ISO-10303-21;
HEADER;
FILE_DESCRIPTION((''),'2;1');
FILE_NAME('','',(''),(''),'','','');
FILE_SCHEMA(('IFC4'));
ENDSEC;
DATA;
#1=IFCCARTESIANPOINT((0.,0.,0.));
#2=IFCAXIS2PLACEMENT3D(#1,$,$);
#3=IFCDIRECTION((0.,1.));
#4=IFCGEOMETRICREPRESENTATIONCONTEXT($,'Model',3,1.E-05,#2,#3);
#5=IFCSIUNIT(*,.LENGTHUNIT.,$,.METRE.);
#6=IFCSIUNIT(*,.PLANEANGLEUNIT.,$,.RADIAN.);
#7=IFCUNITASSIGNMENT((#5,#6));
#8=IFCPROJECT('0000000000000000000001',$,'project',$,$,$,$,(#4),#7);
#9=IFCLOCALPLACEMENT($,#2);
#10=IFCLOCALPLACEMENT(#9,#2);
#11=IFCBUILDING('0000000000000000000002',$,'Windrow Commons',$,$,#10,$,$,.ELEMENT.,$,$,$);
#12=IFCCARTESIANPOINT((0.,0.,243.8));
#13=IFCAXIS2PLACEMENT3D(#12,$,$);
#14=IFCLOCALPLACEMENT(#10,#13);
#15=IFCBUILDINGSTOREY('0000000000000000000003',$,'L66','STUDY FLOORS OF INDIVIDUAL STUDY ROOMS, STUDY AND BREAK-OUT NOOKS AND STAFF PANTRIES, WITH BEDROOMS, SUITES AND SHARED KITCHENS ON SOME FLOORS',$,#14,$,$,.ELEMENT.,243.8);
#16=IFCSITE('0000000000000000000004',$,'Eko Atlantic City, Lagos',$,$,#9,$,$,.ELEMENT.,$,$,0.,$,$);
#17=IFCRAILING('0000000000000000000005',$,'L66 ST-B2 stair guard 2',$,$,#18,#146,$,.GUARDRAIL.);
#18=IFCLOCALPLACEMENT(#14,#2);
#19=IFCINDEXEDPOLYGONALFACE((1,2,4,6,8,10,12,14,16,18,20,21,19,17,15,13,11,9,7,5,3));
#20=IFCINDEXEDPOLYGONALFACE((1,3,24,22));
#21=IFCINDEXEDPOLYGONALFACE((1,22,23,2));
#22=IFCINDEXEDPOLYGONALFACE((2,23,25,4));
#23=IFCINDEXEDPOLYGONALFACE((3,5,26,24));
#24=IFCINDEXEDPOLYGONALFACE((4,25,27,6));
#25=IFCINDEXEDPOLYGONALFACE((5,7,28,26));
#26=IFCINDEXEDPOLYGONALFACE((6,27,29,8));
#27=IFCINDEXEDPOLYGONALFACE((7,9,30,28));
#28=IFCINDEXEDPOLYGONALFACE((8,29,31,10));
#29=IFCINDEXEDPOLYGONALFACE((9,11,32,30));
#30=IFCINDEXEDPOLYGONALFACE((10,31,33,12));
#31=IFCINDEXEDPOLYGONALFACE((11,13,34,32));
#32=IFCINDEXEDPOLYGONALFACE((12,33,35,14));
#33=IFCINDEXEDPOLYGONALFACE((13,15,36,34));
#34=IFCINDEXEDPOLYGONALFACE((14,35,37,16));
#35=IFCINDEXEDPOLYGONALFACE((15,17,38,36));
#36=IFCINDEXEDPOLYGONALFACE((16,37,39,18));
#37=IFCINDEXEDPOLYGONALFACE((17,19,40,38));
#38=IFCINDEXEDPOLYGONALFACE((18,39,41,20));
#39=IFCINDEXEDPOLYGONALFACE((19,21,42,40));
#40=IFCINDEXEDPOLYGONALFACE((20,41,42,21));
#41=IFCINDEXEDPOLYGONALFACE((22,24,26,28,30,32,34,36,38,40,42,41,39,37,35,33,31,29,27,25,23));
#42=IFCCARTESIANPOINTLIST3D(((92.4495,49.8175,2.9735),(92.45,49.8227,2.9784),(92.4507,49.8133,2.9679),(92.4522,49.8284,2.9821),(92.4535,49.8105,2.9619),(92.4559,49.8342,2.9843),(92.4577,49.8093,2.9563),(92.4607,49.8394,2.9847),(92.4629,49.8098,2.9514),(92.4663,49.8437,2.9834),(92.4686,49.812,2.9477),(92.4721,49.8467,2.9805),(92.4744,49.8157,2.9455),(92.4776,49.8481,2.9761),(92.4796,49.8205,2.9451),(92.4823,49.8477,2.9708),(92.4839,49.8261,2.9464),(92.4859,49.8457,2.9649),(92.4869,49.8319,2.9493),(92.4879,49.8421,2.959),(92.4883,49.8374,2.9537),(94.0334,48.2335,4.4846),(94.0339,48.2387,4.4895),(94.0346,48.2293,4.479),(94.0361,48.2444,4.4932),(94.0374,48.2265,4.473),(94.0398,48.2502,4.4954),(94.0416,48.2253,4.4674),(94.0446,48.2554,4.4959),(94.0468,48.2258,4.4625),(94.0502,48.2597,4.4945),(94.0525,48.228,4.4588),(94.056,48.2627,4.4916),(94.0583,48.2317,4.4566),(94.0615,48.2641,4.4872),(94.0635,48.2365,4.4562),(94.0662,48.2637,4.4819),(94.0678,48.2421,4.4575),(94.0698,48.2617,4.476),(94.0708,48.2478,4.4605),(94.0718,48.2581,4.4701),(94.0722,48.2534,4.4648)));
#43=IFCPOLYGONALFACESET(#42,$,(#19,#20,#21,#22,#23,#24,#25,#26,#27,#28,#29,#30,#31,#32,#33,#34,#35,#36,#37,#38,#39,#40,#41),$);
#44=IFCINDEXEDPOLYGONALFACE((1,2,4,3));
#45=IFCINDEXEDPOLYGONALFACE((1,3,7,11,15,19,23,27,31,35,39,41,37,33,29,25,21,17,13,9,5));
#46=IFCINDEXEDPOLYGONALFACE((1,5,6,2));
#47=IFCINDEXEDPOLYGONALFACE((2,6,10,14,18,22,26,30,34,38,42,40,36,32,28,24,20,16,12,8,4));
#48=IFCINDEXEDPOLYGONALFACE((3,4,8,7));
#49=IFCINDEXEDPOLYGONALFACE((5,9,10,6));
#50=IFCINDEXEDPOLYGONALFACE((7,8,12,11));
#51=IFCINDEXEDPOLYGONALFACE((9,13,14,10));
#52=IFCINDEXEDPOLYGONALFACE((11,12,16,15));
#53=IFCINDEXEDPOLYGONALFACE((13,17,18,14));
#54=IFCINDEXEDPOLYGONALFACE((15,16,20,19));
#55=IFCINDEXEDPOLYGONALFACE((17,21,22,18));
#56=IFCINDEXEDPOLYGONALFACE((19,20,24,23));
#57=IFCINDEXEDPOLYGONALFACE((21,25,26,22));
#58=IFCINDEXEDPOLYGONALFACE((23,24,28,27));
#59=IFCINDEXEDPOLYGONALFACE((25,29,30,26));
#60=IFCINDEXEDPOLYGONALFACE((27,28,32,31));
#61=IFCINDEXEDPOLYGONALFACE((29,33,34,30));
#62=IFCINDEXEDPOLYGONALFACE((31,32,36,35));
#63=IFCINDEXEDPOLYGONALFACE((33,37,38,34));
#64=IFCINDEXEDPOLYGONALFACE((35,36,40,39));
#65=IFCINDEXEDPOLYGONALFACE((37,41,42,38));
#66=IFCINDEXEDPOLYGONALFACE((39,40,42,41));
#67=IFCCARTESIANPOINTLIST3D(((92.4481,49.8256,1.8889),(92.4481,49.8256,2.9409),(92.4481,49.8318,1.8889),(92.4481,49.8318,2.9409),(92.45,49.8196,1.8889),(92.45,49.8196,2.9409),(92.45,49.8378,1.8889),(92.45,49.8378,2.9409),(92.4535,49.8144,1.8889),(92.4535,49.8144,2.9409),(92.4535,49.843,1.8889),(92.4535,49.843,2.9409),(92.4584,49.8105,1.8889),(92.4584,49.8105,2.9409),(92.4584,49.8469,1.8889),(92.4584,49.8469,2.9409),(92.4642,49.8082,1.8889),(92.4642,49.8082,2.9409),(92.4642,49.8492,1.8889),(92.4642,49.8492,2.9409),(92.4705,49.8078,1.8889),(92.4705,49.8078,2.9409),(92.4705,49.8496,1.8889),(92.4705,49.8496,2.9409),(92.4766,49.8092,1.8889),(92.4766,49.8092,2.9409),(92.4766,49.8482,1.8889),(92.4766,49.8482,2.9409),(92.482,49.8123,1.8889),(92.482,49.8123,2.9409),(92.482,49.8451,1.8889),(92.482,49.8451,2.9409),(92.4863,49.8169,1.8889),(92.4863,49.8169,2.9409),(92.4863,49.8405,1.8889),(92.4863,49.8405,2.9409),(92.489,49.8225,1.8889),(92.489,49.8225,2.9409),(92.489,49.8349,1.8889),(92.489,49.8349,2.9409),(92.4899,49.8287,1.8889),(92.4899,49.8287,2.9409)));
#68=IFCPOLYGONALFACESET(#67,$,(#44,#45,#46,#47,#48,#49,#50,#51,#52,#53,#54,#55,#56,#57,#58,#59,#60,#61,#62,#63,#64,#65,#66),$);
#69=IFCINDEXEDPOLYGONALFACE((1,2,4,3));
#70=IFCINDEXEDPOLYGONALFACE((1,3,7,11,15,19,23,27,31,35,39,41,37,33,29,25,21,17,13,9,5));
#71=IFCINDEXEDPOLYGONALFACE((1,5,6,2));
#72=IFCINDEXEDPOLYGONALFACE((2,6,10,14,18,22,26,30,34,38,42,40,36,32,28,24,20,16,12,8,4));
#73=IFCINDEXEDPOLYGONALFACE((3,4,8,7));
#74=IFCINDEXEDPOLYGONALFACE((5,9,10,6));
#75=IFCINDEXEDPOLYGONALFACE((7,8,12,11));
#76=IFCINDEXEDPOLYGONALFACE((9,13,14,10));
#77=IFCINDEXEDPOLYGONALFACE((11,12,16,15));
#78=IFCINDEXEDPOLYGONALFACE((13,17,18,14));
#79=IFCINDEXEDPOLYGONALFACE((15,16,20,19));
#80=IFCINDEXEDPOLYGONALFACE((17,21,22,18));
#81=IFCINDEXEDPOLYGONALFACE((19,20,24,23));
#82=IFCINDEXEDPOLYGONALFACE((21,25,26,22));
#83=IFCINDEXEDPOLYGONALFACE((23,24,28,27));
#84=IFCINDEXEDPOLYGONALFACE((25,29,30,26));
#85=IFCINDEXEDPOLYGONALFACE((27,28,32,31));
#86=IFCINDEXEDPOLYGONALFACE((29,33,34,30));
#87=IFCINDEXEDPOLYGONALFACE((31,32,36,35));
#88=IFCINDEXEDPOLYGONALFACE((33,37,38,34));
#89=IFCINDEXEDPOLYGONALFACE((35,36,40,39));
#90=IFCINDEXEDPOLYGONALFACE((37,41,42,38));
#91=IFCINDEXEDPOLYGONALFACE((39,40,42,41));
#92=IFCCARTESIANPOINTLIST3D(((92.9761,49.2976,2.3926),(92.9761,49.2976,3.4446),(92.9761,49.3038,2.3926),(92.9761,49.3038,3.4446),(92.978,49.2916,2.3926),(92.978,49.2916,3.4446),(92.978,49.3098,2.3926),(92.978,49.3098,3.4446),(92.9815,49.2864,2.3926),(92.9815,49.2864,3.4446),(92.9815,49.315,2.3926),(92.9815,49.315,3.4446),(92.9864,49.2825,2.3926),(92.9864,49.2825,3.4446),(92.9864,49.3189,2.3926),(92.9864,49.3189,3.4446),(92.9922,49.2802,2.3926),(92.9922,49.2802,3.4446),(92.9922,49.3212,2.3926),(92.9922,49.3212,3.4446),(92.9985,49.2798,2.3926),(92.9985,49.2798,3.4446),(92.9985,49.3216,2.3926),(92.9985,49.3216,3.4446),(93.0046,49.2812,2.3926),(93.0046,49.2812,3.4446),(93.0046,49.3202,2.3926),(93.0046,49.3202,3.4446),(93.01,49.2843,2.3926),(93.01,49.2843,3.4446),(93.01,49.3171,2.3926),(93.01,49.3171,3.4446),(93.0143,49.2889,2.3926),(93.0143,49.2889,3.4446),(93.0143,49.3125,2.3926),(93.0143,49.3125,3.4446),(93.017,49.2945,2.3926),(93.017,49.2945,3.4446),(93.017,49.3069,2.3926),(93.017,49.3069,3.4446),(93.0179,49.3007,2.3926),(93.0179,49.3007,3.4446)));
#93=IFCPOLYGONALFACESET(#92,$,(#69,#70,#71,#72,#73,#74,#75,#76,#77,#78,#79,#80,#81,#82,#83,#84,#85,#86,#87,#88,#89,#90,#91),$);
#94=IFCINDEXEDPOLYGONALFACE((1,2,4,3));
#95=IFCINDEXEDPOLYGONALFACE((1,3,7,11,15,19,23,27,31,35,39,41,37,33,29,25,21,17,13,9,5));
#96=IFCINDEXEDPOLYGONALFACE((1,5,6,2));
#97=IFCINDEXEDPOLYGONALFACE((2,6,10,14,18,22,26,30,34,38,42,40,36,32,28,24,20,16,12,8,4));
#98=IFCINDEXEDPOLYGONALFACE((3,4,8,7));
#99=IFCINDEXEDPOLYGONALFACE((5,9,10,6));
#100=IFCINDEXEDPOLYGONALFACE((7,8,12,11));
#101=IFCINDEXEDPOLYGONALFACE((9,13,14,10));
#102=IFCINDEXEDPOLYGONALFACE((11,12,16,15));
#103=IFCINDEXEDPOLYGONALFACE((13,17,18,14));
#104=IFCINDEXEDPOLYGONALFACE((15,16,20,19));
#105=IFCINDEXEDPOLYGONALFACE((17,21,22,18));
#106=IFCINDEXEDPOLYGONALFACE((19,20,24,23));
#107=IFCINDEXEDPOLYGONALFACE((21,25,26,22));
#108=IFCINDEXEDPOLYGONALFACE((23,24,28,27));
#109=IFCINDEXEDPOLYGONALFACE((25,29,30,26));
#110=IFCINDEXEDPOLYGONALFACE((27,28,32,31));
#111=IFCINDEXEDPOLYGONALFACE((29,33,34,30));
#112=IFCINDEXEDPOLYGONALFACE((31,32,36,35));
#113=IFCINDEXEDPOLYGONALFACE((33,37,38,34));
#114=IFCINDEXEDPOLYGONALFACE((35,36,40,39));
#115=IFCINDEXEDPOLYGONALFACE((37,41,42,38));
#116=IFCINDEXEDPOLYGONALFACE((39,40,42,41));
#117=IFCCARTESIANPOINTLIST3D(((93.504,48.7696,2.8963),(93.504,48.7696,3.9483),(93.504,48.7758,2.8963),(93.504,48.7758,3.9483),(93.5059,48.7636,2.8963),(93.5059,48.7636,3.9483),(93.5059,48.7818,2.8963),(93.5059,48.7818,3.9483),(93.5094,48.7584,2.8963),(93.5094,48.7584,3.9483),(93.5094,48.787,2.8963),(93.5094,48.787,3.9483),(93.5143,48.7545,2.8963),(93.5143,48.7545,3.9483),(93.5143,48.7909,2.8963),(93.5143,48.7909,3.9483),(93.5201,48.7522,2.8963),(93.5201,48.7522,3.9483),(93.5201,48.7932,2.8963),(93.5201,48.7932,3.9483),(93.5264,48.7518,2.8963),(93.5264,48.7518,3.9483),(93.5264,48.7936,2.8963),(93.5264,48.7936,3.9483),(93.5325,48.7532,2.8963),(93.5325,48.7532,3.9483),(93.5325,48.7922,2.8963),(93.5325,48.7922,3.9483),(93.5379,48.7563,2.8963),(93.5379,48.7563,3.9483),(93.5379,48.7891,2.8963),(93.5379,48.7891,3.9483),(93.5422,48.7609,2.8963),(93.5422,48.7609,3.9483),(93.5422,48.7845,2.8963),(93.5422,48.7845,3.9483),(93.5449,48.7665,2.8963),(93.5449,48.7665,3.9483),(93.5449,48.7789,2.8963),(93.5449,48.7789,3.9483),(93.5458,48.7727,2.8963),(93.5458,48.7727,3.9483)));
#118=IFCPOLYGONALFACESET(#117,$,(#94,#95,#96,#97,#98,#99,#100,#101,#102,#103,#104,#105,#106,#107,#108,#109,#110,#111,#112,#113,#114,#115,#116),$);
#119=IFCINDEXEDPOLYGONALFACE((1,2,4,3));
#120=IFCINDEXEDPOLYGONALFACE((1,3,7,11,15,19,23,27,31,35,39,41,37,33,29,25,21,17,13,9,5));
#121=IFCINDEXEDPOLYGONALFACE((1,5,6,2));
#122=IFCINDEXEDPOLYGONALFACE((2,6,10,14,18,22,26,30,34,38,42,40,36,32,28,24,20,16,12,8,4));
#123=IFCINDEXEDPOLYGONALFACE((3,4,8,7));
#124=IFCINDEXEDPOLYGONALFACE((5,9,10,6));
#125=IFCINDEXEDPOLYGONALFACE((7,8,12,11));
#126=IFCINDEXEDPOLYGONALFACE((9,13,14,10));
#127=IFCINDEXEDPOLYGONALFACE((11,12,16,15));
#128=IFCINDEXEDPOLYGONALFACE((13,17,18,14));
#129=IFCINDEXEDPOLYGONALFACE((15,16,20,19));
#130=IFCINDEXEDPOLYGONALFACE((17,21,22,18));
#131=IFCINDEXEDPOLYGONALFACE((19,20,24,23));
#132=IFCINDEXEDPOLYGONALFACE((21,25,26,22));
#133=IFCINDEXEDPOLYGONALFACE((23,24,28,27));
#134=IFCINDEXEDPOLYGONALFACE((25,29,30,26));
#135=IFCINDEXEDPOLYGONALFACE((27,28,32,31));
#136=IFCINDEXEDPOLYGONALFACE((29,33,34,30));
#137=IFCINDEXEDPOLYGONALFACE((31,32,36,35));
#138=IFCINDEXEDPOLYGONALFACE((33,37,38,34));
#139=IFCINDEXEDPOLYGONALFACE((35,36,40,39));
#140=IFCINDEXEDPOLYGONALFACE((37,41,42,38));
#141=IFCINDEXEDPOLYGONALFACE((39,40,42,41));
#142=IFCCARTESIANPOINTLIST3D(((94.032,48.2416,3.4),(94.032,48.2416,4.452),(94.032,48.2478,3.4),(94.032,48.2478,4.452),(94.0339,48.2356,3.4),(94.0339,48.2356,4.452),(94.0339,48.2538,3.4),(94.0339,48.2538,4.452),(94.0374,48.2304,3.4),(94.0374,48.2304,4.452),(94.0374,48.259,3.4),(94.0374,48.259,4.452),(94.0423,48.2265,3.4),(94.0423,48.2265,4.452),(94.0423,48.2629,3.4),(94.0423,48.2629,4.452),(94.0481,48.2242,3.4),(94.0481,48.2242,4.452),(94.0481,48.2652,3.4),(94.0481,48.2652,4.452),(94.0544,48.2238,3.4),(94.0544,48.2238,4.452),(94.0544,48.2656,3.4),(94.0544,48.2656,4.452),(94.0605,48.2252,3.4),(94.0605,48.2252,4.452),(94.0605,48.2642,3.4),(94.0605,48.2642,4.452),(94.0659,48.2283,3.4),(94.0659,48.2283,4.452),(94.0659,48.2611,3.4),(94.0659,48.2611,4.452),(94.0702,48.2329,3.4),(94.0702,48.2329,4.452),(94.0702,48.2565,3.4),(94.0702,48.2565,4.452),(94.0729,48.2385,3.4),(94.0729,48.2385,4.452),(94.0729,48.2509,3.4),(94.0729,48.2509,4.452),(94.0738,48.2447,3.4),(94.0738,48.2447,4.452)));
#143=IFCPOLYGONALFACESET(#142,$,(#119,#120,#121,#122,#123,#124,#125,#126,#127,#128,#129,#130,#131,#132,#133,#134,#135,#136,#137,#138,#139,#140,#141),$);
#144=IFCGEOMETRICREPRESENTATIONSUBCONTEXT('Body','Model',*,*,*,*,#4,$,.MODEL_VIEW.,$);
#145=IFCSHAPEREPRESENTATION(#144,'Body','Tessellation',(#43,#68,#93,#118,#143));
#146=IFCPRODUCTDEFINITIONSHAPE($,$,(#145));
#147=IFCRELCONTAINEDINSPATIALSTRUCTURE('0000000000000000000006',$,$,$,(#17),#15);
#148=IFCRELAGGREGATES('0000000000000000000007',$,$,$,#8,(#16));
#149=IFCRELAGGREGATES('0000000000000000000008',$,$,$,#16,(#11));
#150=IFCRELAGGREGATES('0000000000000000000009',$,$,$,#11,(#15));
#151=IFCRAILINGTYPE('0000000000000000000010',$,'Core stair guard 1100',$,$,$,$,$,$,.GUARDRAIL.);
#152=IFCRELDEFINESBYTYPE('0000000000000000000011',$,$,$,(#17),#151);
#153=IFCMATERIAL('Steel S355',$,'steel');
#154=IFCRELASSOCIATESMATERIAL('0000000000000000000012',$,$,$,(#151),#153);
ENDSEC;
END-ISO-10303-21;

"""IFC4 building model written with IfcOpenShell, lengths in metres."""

from ifc_helpers import new_model, si_unit, direction, frame, origin, origin_2d, place, context, subcontext, project, spatial, circle, extrude, material, type_object, element, save


model = new_model("IFC4")

# Units and contexts
model_context = context("Model", 3, precision=1e-05, world=origin(), true_north=direction((0.0, 1.0)))
body_context = subcontext(model_context, "Body", "Model", "MODEL_VIEW")
ifc_project = project(units=[si_unit("LENGTHUNIT", "METRE"), si_unit("PLANEANGLEUNIT", "RADIAN")], contexts=[model_context])

# Site, building, storey
site_placement = place(None, origin())
site = spatial("IfcSite", under=ifc_project, at=site_placement, Name="Eko Atlantic City, Lagos", CompositionType="ELEMENT", RefElevation=0.0)
building_placement = place(site_placement, origin())
building = spatial("IfcBuilding", under=site, at=building_placement, Name="Windrow Commons", CompositionType="ELEMENT")
storey_placement = place(building_placement, frame((0.0, 0.0, 243.8)))
storey = spatial("IfcBuildingStorey", under=building, at=storey_placement, Name="L66", Description="STUDY FLOORS OF INDIVIDUAL STUDY ROOMS, STUDY AND BREAK-OUT NOOKS AND STAFF PANTRIES, WITH BEDROOMS, SUITES AND SHARED KITCHENS ON SOME FLOORS", CompositionType="ELEMENT", Elevation=243.8)

# Railing
ifc_material_1 = material(Name="Steel S355", Category="steel")
railing_type_1 = type_object("IfcRailingType", Name="Core stair guard 1100", PredefinedType="GUARDRAIL", material=ifc_material_1)
railing_1_placement = place(storey_placement, frame((92.4689, 49.8287, 1.8889)))
element("IfcRailing", 1, at=railing_1_placement, inside=storey, type_object=railing_type_1, Name="L66 ST-B2 stair guard 2", PredefinedType="GUARDRAIL", context=body_context, shape_type="SweptSolid", body=[
    extrude(circle(Radius=0.024, at=origin_2d()), frame((0.0, 0.0, 1.076), z_axis=(0.586179, -0.586216, 0.559237), x_axis=(0.707129, 0.707084, 0.0)), (0.0, 0.0, 1.0), 2.7021),
    extrude(circle(Radius=0.021, at=origin_2d()), origin(), (0.0, 0.0, 1.0), 1.052),
    extrude(circle(Radius=0.021, at=origin_2d()), frame((0.528, -0.528, 0.5037)), (0.0, 0.0, 1.0), 1.052),
    extrude(circle(Radius=0.021, at=origin_2d()), frame((1.0559, -1.056, 1.0074)), (0.0, 0.0, 1.0), 1.052),
    extrude(circle(Radius=0.021, at=origin_2d()), frame((1.5839, -1.584, 1.5111)), (0.0, 0.0, 1.0), 1.052),
])

save(model, "model.ifc")
